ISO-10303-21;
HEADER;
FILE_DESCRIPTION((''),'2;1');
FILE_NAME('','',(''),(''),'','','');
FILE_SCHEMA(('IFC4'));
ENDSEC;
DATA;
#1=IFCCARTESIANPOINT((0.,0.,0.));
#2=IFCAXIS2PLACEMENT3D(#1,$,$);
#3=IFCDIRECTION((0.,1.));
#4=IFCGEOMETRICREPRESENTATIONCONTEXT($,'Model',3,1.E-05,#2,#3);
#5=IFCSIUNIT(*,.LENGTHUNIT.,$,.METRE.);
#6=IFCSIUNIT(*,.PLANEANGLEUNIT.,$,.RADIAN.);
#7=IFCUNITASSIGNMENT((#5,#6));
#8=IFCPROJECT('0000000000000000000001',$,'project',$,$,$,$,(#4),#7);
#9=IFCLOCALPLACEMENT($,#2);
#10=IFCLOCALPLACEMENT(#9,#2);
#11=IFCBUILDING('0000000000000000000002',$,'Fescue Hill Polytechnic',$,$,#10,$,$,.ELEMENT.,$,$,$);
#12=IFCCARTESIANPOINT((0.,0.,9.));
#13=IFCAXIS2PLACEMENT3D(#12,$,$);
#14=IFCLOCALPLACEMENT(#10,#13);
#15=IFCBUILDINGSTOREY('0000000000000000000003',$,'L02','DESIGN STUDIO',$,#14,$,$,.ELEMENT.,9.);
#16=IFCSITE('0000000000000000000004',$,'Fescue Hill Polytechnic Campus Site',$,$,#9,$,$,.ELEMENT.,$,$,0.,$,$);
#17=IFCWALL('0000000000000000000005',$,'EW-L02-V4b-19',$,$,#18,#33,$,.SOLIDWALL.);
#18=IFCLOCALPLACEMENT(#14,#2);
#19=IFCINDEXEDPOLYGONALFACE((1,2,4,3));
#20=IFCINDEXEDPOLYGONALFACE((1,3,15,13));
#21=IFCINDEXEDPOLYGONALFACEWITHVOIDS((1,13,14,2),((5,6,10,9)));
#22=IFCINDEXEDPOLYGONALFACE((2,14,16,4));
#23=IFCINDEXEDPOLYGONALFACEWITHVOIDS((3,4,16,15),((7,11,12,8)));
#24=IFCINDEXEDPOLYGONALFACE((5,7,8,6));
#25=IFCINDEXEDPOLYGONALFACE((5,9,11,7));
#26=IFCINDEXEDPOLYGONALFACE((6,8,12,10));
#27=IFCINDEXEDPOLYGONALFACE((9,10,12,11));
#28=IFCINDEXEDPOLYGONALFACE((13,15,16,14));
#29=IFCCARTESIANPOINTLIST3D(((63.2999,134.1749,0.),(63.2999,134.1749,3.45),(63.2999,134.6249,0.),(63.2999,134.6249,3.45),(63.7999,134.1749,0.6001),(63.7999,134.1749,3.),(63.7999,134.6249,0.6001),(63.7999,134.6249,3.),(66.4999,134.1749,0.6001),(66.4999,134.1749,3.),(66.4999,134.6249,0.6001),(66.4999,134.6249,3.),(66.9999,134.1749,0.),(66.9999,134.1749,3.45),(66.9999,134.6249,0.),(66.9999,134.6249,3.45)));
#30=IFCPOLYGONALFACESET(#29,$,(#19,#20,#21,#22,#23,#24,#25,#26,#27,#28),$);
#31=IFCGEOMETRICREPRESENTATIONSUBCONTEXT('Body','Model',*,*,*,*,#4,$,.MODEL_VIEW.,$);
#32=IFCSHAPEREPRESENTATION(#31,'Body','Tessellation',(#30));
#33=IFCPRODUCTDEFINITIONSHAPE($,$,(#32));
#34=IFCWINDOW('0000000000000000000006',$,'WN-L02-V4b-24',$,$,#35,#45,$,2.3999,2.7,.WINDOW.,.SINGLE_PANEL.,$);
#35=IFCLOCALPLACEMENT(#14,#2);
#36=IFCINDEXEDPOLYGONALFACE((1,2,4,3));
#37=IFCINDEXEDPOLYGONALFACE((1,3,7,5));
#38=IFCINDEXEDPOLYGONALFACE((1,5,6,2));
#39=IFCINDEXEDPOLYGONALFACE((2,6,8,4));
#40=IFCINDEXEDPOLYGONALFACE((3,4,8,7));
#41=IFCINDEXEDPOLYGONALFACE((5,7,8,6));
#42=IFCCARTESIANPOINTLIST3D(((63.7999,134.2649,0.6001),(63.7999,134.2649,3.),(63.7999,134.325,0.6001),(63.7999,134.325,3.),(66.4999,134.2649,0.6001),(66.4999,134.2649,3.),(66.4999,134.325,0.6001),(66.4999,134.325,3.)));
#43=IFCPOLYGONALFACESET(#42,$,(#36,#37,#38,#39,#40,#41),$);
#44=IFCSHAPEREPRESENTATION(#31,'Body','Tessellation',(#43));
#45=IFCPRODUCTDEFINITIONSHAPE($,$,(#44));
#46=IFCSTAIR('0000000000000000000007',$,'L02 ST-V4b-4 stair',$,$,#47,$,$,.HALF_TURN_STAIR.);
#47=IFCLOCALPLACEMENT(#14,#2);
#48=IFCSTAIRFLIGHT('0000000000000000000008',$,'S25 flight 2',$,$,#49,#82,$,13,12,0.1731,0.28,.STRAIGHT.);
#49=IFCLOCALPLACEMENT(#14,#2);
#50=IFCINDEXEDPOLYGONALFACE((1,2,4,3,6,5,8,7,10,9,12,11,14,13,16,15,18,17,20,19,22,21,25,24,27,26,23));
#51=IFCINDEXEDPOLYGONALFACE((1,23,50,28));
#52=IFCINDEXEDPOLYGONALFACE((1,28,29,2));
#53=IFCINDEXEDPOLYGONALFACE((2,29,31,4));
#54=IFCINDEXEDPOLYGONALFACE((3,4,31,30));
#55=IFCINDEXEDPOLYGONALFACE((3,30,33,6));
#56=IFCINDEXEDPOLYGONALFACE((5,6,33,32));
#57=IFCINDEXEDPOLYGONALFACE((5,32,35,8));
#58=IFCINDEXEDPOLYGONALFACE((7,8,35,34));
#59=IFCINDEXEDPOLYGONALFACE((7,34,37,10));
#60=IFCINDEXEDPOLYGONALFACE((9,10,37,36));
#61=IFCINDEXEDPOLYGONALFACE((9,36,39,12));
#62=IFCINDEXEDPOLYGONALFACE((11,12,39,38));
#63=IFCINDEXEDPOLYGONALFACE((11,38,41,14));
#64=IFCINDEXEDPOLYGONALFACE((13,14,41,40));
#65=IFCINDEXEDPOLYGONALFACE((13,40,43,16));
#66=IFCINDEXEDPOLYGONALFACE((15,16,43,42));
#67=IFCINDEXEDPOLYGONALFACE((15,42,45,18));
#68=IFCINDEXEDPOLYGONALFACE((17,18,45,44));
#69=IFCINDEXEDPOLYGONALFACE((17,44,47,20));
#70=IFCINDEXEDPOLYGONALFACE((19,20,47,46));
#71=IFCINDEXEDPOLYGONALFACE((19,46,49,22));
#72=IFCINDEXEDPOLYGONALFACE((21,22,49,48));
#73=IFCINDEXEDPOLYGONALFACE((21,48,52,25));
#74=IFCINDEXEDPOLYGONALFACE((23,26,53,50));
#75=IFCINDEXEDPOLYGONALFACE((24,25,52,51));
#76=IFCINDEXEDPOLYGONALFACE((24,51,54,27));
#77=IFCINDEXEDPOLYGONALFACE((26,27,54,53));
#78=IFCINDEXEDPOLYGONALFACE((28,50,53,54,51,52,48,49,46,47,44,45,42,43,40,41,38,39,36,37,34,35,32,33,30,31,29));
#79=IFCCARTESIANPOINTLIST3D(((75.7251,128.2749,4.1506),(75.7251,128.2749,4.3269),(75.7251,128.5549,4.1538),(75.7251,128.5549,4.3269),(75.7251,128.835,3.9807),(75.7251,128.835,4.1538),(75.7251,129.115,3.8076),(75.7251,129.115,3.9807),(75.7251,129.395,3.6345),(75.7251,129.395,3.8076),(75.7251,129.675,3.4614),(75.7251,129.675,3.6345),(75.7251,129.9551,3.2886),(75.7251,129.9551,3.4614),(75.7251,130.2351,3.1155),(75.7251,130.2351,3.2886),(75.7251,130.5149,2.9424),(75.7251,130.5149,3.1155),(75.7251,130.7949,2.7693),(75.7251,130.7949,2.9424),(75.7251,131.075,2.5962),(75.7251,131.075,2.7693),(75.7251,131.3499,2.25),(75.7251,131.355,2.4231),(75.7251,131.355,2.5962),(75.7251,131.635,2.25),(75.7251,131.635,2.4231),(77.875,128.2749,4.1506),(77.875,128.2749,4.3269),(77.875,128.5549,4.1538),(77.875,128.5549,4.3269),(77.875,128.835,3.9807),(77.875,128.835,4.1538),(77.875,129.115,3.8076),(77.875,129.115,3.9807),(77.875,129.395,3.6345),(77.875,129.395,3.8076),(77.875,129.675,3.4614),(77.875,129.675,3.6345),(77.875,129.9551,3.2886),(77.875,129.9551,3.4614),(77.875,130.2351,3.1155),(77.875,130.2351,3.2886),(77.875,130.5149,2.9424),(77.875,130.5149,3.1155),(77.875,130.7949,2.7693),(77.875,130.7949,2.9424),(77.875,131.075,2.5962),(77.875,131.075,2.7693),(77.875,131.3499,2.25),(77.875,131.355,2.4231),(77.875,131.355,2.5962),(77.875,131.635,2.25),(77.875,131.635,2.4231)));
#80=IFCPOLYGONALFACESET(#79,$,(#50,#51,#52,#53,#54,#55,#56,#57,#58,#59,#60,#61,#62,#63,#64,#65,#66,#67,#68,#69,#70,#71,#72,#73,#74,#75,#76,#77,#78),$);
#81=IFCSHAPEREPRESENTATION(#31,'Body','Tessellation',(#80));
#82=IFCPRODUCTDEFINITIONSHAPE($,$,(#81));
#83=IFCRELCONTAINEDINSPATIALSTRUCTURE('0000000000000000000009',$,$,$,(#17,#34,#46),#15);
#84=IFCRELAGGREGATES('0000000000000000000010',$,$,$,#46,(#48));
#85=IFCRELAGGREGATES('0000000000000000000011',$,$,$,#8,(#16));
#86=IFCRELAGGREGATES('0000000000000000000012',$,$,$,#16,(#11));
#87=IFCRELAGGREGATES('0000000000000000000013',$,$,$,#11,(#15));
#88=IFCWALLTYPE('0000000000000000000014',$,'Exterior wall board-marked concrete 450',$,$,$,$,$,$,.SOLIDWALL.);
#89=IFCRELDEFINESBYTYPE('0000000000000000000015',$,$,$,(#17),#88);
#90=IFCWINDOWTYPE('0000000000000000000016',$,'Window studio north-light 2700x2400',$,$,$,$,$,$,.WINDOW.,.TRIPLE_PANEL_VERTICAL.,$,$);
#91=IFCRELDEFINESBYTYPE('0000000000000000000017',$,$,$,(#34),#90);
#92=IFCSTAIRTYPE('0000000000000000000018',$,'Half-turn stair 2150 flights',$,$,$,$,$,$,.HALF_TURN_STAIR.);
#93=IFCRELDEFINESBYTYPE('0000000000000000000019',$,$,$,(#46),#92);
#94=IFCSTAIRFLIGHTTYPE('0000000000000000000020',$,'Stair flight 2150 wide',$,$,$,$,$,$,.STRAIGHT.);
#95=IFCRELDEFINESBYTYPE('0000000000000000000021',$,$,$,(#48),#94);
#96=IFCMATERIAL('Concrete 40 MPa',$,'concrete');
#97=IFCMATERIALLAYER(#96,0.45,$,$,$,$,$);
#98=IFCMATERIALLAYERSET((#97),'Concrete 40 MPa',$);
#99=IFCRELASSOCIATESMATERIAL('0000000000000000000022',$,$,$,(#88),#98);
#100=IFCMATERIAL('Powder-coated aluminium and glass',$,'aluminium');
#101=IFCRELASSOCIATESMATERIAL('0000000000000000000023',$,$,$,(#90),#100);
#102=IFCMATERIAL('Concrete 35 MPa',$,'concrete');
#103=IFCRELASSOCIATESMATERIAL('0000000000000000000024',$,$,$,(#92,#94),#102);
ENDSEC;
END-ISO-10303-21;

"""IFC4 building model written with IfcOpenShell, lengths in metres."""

from ifc_helpers import new_model, si_unit, direction, frame, frame_2d, origin, place, context, subcontext, project, spatial, polyline, rectangle, outline, extrude, material, layer, layer_set, type_object, element, fill, aggregate, save


model = new_model("IFC4")

# Units and contexts
model_context = context("Model", 3, precision=1e-05, world=origin(), true_north=direction((0.0, 1.0)))
body_context = subcontext(model_context, "Body", "Model", "MODEL_VIEW")
ifc_project = project(units=[si_unit("LENGTHUNIT", "METRE"), si_unit("PLANEANGLEUNIT", "RADIAN")], contexts=[model_context])

# Site, building, storey
site_placement = place(None, origin())
site = spatial("IfcSite", under=ifc_project, at=site_placement, Name="Fescue Hill Polytechnic Campus Site", CompositionType="ELEMENT", RefElevation=0.0)
building_placement = place(site_placement, origin())
building = spatial("IfcBuilding", under=site, at=building_placement, Name="Fescue Hill Polytechnic", CompositionType="ELEMENT")
storey_placement = place(building_placement, frame((0.0, 0.0, 9.0)))
storey = spatial("IfcBuildingStorey", under=building, at=storey_placement, Name="L02", Description="DESIGN STUDIO", CompositionType="ELEMENT", Elevation=9.0)

# Shared definitions
ifc_material_1 = material(Name="Concrete 40 MPa", Category="concrete")

# Shared definitions
ifc_layer_1 = layer(ifc_material_1, 0.45)
ifc_layer_set_1 = layer_set([ifc_layer_1], Name="Concrete 40 MPa")
wall_type_1 = type_object("IfcWallType", Name="Exterior wall board-marked concrete 450", PredefinedType="SOLIDWALL", material=ifc_layer_set_1)

# Wall, opening, window
ifc_material_2 = material(Name="Powder-coated aluminium and glass", Category="aluminium")
window_type = type_object("IfcWindowType", Name="Window studio north-light 2700x2400", PartitioningType="TRIPLE_PANEL_VERTICAL", PredefinedType="WINDOW", material=ifc_material_2)
wall_1_placement = place(storey_placement, frame((67.0, 134.3999, 0.0), z_axis=(0.0, 0.0, 1.0), x_axis=(-1.0, 0.0, 0.0)))
wall_1 = element("IfcWall", 1, at=wall_1_placement, inside=storey, type_object=wall_type_1, Name="EW-L02-V4b-19", PredefinedType="SOLIDWALL", context=body_context, shape_type="SweptSolid", body=[
    extrude(rectangle(XDim=3.7, YDim=0.45, at=frame_2d((1.8501, 0.0))), origin(), (0.0, 0.0, 1.0), 3.45),
])
opening_1_placement = place(wall_1_placement, frame((0.5, 0.0, 0.6001)))
opening_1 = element("IfcOpeningElement", 2, at=opening_1_placement, cuts=wall_1, PredefinedType="OPENING", context=body_context, shape_type="SweptSolid", body=[
    extrude(rectangle(XDim=2.7, YDim=2.3999, at=frame_2d((1.3501, 1.2))), frame((0.0, 0.2349, 0.0), z_axis=(0.0, -1.0, 0.0), x_axis=(1.0, 0.0, 0.0)), (0.0, 0.0, 1.0), 0.47),
])
window_1_placement = place(opening_1_placement, origin())
window_1 = element("IfcWindow", 3, at=window_1_placement, inside=storey, type_object=window_type, Name="WN-L02-V4b-24", OverallHeight=2.3999, OverallWidth=2.7, PartitioningType="SINGLE_PANEL", PredefinedType="WINDOW", context=body_context, shape_type="SweptSolid", body=[
    extrude(rectangle(XDim=2.7, YDim=2.3999, at=frame_2d((1.3501, 1.2))), frame((0.0, 0.135, 0.0), z_axis=(0.0, -1.0, 0.0), x_axis=(1.0, 0.0, 0.0)), (0.0, 0.0, 1.0), 0.0601),
])
fill(opening_1, window_1)

# Stair, stair flight
ifc_material_3 = material(Name="Concrete 35 MPa", Category="concrete")
stair_type = type_object("IfcStairType", Name="Half-turn stair 2150 flights", PredefinedType="HALF_TURN_STAIR", material=ifc_material_3)
stair_placement = place(storey_placement, origin())
stair = element("IfcStair", 4, at=stair_placement, inside=storey, type_object=stair_type, Name="L02 ST-V4b-4 stair", PredefinedType="HALF_TURN_STAIR")
stair_flight_type = type_object("IfcStairFlightType", Name="Stair flight 2150 wide", PredefinedType="STRAIGHT", material=ifc_material_3)
stair_flight_placement = place(storey_placement, frame((76.8, 131.635, 2.25), z_axis=(0.0, 0.0, 1.0), x_axis=(0.0, -1.0, 0.0)))
stair_flight = element("IfcStairFlight", 5, at=stair_flight_placement, type_object=stair_flight_type, Name="S25 flight 2", NumberOfRisers=13, NumberOfTreads=12, PredefinedType="STRAIGHT", RiserHeight=0.1731, TreadLength=0.28, context=body_context, shape_type="SweptSolid", body=[
    extrude(outline(polyline([(0.0, 0.0), (0.0, 0.1731), (0.28, 0.1731), (0.28, 0.3462), (0.5601, 0.3462), (0.5601, 0.5193), (0.8401, 0.5193), (0.8401, 0.6924), (1.1201, 0.6924), (1.1201, 0.8655), (1.3999, 0.8655), (1.3999, 1.0386), (1.6799, 1.0386), (1.6799, 1.2114), (1.96, 1.2114), (1.96, 1.3845), (2.24, 1.3845), (2.24, 1.5576), (2.52, 1.5576), (2.52, 1.7307), (2.8, 1.7307), (2.8, 1.9038), (3.0801, 1.9038), (3.0801, 2.0769), (3.3601, 2.0769), (3.3601, 2.25), (3.3601, 1.9006), (0.2852, 0.0), (0.0, 0.0)])), frame((0.0, 1.075, 0.0), z_axis=(0.0, -1.0, 0.0), x_axis=(1.0, 0.0, 0.0)), (0.0, 0.0, 1.0), 2.1499),
])
aggregate(stair, [stair_flight])

save(model, "model.ifc")
